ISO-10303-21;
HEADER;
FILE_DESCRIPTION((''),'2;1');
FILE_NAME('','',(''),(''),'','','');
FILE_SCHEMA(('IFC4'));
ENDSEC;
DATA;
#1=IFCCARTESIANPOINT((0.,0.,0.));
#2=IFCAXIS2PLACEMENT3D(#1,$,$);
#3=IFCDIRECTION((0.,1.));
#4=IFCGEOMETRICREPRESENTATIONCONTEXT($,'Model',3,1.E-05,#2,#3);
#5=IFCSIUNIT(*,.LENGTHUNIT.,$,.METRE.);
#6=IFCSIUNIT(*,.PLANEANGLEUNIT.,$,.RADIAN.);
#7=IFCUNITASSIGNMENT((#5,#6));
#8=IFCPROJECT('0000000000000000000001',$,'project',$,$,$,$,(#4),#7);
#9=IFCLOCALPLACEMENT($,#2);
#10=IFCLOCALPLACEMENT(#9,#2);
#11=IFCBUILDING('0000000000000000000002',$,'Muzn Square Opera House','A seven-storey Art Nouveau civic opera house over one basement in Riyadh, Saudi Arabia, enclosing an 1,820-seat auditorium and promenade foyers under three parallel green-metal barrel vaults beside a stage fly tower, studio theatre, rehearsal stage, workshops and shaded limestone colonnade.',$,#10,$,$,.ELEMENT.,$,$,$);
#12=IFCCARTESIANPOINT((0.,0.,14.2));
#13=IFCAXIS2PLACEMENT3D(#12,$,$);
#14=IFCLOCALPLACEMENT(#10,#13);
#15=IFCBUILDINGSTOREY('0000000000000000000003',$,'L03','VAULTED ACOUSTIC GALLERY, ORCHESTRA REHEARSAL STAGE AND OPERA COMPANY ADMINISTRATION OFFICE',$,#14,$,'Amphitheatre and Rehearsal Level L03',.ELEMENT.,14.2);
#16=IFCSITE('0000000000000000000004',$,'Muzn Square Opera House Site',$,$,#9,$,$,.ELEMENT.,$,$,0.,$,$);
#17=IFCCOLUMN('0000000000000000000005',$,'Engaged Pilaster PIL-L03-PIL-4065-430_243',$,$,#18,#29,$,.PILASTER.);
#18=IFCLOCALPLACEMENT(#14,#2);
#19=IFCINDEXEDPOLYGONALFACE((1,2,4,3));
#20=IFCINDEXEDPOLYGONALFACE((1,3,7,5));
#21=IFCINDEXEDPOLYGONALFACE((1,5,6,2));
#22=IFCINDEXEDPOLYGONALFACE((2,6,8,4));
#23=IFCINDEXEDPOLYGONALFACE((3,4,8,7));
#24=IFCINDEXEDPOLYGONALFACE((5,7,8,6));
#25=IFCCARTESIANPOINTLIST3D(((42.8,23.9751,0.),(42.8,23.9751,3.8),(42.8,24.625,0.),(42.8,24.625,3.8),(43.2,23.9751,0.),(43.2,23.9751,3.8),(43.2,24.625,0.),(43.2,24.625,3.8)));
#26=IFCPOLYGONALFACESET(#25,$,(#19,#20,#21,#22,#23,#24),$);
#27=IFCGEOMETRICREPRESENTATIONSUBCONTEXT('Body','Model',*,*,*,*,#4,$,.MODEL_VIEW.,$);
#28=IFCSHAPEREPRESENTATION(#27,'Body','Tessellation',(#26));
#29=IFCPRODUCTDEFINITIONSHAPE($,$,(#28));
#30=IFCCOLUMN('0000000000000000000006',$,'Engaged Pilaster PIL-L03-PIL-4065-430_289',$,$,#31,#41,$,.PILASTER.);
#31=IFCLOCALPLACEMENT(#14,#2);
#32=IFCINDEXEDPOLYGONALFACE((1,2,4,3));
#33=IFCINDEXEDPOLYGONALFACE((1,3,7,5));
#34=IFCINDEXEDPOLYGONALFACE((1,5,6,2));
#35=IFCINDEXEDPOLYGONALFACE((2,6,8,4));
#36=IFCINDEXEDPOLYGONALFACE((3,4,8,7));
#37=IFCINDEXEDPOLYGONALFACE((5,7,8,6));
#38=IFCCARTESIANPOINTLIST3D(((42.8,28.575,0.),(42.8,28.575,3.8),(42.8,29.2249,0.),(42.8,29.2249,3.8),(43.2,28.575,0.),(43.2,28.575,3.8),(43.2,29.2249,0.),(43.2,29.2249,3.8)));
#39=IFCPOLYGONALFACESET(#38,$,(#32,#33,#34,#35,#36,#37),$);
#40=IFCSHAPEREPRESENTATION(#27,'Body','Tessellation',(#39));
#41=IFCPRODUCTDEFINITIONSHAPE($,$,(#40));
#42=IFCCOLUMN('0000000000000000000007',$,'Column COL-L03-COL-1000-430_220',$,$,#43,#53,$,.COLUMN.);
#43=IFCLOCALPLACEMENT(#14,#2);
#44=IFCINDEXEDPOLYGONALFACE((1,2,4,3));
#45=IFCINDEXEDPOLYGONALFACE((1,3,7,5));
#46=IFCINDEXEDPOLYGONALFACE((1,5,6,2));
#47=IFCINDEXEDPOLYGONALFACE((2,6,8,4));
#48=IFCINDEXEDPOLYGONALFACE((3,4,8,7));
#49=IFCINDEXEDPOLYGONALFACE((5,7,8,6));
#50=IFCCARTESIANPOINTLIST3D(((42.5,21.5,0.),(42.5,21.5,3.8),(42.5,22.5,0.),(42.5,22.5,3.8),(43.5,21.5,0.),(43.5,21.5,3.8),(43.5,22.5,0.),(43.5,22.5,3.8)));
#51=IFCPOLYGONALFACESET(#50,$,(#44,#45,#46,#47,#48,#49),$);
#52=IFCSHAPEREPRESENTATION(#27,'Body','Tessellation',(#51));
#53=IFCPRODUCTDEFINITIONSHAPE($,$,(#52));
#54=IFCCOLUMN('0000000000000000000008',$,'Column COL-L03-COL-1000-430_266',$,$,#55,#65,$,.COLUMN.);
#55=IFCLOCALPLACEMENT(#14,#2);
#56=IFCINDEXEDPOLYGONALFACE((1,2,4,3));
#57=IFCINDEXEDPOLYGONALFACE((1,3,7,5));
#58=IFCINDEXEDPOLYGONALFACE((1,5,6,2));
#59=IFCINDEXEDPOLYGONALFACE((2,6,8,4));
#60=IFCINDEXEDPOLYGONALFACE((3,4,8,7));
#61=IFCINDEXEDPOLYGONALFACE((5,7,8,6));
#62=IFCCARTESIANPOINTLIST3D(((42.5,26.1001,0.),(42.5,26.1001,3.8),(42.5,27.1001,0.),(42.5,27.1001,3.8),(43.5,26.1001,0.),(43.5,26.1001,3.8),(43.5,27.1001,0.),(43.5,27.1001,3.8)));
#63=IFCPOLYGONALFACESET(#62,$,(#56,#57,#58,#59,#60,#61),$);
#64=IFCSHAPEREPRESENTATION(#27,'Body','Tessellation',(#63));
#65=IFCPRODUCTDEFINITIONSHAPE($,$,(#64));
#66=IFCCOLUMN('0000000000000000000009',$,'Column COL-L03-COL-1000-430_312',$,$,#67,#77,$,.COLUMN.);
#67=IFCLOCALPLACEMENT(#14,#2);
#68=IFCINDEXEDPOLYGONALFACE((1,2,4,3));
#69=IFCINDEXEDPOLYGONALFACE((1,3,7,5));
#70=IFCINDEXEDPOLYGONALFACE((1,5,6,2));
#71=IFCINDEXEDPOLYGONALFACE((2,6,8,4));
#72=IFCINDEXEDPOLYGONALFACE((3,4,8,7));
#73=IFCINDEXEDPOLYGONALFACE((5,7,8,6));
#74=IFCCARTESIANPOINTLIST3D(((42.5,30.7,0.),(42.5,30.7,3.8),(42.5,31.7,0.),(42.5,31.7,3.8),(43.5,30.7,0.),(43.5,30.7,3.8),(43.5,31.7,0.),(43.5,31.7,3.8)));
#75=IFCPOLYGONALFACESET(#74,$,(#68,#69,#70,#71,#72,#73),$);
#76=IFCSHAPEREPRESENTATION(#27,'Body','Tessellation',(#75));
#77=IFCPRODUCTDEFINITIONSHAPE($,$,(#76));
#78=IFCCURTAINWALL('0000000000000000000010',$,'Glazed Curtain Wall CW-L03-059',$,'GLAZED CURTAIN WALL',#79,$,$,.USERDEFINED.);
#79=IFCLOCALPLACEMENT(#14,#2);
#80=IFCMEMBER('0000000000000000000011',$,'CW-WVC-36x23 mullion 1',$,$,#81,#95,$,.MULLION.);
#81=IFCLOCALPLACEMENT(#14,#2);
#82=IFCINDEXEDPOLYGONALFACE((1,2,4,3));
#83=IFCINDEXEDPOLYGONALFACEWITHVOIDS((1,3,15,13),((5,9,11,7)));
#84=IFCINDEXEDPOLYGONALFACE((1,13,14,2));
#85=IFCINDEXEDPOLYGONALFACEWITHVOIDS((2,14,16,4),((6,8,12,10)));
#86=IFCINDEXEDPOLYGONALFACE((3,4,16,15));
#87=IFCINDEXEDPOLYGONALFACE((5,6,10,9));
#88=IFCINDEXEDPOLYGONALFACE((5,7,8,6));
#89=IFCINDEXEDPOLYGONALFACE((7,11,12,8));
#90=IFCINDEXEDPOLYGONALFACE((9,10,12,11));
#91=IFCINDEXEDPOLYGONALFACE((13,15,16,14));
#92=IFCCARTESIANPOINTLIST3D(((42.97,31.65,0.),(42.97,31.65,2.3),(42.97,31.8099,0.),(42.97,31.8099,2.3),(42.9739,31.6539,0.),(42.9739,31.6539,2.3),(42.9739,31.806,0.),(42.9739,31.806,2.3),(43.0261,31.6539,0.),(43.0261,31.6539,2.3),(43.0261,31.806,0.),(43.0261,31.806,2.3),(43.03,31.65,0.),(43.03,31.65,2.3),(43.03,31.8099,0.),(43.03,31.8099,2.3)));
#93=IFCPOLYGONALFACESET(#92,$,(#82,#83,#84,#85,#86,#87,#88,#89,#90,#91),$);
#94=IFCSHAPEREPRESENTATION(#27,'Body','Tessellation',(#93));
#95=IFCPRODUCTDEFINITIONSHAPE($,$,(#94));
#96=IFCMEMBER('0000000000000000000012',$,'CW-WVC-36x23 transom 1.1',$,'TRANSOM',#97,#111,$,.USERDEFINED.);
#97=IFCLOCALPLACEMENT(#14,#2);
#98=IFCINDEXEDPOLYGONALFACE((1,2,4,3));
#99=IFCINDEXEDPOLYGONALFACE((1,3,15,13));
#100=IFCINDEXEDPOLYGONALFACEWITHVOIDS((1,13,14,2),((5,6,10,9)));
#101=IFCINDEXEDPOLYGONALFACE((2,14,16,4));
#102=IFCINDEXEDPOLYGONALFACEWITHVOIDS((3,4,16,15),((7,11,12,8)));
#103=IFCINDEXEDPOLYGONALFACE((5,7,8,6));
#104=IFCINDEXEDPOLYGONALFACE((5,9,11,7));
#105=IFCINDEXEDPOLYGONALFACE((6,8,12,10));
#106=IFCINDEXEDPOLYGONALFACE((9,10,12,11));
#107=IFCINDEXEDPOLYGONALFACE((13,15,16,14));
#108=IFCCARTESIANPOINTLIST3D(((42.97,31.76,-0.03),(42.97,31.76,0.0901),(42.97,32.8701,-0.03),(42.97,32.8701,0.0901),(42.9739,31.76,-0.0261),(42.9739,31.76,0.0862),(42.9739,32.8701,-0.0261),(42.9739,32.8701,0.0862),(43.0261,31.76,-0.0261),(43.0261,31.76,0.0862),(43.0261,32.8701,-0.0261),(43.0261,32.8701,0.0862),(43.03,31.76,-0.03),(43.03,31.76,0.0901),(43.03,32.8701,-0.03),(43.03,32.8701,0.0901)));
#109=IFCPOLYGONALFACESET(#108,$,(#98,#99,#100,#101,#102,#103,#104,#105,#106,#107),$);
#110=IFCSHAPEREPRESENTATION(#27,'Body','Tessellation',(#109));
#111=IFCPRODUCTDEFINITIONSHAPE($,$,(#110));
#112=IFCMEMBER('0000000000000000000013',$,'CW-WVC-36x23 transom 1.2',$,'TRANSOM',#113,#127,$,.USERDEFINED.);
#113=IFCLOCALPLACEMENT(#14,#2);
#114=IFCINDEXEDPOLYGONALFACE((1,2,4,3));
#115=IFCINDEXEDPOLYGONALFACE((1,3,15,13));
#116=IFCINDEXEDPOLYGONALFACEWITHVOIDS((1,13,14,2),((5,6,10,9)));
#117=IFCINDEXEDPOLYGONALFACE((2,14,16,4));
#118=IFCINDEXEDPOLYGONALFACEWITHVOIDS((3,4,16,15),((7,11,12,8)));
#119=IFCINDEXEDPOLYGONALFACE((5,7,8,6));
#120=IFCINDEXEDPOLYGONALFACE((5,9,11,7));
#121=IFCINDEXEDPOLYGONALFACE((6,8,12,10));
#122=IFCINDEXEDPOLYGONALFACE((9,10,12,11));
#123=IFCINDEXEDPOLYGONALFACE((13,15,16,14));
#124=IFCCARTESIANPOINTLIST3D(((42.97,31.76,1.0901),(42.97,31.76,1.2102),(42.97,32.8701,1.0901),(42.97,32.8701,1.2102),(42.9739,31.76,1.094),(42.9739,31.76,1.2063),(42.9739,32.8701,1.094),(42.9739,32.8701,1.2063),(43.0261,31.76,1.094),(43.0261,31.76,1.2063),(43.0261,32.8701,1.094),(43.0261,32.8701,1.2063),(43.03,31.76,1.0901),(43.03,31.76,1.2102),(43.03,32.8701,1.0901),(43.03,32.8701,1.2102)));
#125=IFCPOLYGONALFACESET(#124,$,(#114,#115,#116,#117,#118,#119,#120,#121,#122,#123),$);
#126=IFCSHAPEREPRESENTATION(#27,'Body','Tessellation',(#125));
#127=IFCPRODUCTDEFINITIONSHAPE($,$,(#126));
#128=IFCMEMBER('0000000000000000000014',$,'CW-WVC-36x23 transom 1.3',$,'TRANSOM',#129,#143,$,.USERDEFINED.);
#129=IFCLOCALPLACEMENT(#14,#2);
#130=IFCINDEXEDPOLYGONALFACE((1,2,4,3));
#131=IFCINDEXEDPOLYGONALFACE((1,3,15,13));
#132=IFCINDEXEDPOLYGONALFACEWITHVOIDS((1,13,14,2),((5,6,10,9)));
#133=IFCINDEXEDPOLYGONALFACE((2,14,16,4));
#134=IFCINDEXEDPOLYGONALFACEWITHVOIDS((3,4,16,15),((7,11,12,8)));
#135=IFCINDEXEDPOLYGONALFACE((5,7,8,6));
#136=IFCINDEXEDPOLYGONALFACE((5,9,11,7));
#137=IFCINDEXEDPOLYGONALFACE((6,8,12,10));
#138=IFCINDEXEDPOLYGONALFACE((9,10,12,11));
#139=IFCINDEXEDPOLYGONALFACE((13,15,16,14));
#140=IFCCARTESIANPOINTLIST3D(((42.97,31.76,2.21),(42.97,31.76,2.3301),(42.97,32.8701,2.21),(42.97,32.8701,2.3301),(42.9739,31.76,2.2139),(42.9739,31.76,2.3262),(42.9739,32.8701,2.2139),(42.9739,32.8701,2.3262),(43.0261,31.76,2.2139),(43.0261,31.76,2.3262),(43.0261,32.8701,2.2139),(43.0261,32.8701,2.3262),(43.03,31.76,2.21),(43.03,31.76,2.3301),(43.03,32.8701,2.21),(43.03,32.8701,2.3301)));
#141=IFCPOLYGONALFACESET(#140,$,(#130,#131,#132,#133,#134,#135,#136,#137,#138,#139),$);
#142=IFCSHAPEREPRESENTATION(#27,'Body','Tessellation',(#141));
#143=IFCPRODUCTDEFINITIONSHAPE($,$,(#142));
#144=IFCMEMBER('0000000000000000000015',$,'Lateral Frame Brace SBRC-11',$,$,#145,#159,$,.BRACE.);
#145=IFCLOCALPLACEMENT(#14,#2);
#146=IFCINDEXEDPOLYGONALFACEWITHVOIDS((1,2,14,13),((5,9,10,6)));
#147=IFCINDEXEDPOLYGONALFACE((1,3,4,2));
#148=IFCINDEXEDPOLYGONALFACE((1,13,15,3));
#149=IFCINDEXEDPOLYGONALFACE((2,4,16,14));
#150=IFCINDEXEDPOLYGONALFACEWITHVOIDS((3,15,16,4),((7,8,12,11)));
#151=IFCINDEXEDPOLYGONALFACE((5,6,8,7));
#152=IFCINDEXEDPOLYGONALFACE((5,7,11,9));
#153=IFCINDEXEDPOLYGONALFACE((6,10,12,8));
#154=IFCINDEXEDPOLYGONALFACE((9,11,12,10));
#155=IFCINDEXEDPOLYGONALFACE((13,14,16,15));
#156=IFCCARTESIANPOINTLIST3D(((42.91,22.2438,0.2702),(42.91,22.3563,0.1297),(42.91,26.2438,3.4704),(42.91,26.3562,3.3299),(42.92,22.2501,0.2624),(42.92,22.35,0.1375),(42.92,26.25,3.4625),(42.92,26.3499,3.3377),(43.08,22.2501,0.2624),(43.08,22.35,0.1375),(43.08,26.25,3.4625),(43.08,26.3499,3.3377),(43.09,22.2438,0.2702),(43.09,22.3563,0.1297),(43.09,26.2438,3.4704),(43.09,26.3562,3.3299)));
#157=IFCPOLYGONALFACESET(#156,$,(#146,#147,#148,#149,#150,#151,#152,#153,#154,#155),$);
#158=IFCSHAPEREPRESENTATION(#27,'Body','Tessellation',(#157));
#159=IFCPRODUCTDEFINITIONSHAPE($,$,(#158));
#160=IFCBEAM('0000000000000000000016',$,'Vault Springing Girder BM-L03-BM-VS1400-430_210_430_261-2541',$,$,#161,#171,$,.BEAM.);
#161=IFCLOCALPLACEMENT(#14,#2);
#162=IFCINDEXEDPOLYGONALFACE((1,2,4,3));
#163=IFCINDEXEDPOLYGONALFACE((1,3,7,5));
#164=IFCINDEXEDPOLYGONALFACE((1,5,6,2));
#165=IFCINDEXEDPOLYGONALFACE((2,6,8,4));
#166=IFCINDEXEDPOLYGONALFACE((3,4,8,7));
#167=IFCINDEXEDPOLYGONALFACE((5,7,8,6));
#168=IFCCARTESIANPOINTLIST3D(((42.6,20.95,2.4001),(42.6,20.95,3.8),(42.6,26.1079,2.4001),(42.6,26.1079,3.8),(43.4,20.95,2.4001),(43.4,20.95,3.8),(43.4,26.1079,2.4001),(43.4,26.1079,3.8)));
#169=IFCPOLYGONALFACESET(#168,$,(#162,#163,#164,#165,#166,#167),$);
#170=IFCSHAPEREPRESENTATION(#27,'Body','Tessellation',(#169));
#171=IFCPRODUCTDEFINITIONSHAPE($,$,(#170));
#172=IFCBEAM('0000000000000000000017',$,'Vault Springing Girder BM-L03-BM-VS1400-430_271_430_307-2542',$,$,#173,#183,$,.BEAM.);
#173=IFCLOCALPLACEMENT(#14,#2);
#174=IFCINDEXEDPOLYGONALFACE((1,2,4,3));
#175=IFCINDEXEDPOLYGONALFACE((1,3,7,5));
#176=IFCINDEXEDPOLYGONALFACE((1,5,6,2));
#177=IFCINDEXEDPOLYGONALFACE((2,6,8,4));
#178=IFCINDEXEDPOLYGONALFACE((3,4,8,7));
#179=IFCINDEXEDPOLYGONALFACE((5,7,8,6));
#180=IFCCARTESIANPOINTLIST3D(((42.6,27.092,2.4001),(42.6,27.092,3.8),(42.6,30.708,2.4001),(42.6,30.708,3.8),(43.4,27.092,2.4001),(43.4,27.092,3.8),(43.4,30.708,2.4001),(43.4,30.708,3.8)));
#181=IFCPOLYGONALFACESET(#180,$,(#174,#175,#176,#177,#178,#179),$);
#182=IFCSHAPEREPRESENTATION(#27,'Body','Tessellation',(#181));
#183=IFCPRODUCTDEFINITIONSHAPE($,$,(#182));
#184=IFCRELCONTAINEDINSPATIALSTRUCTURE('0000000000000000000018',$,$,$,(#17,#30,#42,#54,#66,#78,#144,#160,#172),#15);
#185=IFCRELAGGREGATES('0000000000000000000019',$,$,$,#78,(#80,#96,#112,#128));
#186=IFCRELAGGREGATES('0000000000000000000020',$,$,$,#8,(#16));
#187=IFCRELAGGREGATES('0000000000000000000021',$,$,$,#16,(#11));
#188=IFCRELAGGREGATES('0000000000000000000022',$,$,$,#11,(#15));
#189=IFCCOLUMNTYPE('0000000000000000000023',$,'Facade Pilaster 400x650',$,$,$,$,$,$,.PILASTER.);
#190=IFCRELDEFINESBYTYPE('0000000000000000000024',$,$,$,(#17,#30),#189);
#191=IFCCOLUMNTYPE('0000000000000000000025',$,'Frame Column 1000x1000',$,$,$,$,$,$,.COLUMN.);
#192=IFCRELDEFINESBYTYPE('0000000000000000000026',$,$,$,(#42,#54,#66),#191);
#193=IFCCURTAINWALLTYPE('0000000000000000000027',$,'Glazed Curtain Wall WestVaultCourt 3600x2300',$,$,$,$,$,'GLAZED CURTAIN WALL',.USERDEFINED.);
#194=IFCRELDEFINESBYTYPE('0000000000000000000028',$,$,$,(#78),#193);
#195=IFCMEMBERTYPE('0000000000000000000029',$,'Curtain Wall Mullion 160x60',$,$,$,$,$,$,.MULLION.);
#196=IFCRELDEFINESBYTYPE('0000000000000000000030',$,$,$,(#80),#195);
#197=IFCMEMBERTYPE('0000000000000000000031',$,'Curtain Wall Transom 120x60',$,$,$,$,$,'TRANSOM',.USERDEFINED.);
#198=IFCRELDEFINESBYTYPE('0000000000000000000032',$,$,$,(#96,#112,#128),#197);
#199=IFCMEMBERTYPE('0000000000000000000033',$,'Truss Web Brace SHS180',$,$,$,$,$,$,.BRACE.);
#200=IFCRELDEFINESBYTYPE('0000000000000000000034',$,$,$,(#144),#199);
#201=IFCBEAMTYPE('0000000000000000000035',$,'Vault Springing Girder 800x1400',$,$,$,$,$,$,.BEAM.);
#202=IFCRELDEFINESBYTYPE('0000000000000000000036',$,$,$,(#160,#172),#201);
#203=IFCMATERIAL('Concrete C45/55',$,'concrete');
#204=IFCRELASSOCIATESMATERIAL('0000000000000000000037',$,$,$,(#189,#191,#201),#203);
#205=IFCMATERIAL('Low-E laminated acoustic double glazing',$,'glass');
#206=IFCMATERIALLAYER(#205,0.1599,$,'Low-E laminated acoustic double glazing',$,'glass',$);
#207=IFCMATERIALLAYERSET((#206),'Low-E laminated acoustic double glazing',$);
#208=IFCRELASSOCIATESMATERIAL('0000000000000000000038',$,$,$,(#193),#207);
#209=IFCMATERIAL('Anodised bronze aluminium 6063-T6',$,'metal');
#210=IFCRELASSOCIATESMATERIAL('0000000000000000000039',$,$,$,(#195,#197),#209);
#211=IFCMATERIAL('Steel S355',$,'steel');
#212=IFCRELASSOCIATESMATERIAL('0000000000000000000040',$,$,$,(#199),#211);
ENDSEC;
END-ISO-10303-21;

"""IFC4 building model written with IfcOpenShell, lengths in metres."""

from ifc_helpers import new_model, si_unit, direction, frame, origin, origin_2d, place, context, subcontext, project, spatial, rectangle, hollow_rectangle, extrude, material, layer, layer_set, material_profile, profile_set, type_object, element, aggregate, save


model = new_model("IFC4")

# Units and contexts
model_context = context("Model", 3, precision=1e-05, world=origin(), true_north=direction((0.0, 1.0)))
body_context = subcontext(model_context, "Body", "Model", "MODEL_VIEW")
ifc_project = project(units=[si_unit("LENGTHUNIT", "METRE"), si_unit("PLANEANGLEUNIT", "RADIAN")], contexts=[model_context])

# Site, building, storey
site_placement = place(None, origin())
site = spatial("IfcSite", under=ifc_project, at=site_placement, Name="Muzn Square Opera House Site", CompositionType="ELEMENT", RefElevation=0.0)
building_placement = place(site_placement, origin())
building = spatial("IfcBuilding", under=site, at=building_placement, Name="Muzn Square Opera House", Description="A seven-storey Art Nouveau civic opera house over one basement in Riyadh, Saudi Arabia, enclosing an 1,820-seat auditorium and promenade foyers under three parallel green-metal barrel vaults beside a stage fly tower, studio theatre, rehearsal stage, workshops and shaded limestone colonnade.", CompositionType="ELEMENT")
storey_placement = place(building_placement, frame((0.0, 0.0, 14.2)))
storey = spatial("IfcBuildingStorey", under=building, at=storey_placement, Name="L03", Description="VAULTED ACOUSTIC GALLERY, ORCHESTRA REHEARSAL STAGE AND OPERA COMPANY ADMINISTRATION OFFICE", LongName="Amphitheatre and Rehearsal Level L03", CompositionType="ELEMENT", Elevation=14.2)

# Columns
ifc_material_1 = material(Name="Concrete C45/55", Category="concrete")
ifc_material_profile_1 = material_profile(ifc_material_1, rectangle(XDim=0.3999, YDim=0.6499, at=origin_2d()), Name="RC 400x650", Category="concrete")
ifc_profile_set_1 = profile_set([ifc_material_profile_1], Name="Concrete C45/55")
column_type_1 = type_object("IfcColumnType", Name="Facade Pilaster 400x650", PredefinedType="PILASTER", material=ifc_profile_set_1)
for number, where, z_axis, x_axis, name in (
    (1, (43.0, 24.3, 0.0), (0.0, 0.0, 1.0), (1.0, 0.0, 0.0), "Engaged Pilaster PIL-L03-PIL-4065-430_243"),
    (2, (43.0, 28.8999, 0.0), (0.0, 0.0, 1.0), (1.0, 0.0, 0.0), "Engaged Pilaster PIL-L03-PIL-4065-430_289"),
):
    element("IfcColumn", number, at=place(storey_placement, frame(where, z_axis=z_axis, x_axis=x_axis)), inside=storey, type_object=column_type_1, Name=name, PredefinedType="PILASTER", context=body_context, shape_type="SweptSolid", body=[
        extrude(rectangle(XDim=0.3999, YDim=0.6499, at=origin_2d()), origin(), (0.0, 0.0, 1.0), 3.8),
    ])
ifc_material_profile_2 = material_profile(ifc_material_1, rectangle(XDim=1.0, YDim=1.0, at=origin_2d()), Name="RC 1000x1000", Category="concrete")
ifc_profile_set_2 = profile_set([ifc_material_profile_2], Name="Concrete C45/55")
column_type_2 = type_object("IfcColumnType", Name="Frame Column 1000x1000", PredefinedType="COLUMN", material=ifc_profile_set_2)
for number, where, z_axis, x_axis, name in (
    (3, (43.0, 22.0, 0.0), (0.0, 0.0, 1.0), (1.0, 0.0, 0.0), "Column COL-L03-COL-1000-430_220"),
    (4, (43.0, 26.6001, 0.0), (0.0, 0.0, 1.0), (1.0, 0.0, 0.0), "Column COL-L03-COL-1000-430_266"),
    (5, (43.0, 31.2, 0.0), (0.0, 0.0, 1.0), (1.0, 0.0, 0.0), "Column COL-L03-COL-1000-430_312"),
):
    element("IfcColumn", number, at=place(storey_placement, frame(where, z_axis=z_axis, x_axis=x_axis)), inside=storey, type_object=column_type_2, Name=name, PredefinedType="COLUMN", context=body_context, shape_type="SweptSolid", body=[
        extrude(rectangle(XDim=1.0, YDim=1.0, at=origin_2d()), origin(), (0.0, 0.0, 1.0), 3.8),
    ])

# Curtain wall, members
ifc_material_2 = material(Name="Low-E laminated acoustic double glazing", Category="glass")
ifc_layer_1 = layer(ifc_material_2, 0.1599, Name="Low-E laminated acoustic double glazing", Category="glass")
ifc_layer_set_1 = layer_set([ifc_layer_1], Name="Low-E laminated acoustic double glazing")
curtain_wall_type = type_object("IfcCurtainWallType", Name="Glazed Curtain Wall WestVaultCourt 3600x2300", ElementType="GLAZED CURTAIN WALL", PredefinedType="USERDEFINED", material=ifc_layer_set_1)
curtain_wall_placement = place(storey_placement, origin())
curtain_wall = element("IfcCurtainWall", 6, at=curtain_wall_placement, inside=storey, type_object=curtain_wall_type, Name="Glazed Curtain Wall CW-L03-059", ObjectType="GLAZED CURTAIN WALL", PredefinedType="USERDEFINED")
ifc_material_3 = material(Name="Anodised bronze aluminium 6063-T6", Category="metal")
ifc_material_profile_3 = material_profile(ifc_material_3, hollow_rectangle(XDim=0.0601, YDim=0.1599, WallThickness=0.0039, at=origin_2d()), Name="ALU 160x60x4", Category="metal")
ifc_profile_set_3 = profile_set([ifc_material_profile_3], Name="Anodised bronze aluminium 6063-T6")
member_type_1 = type_object("IfcMemberType", Name="Curtain Wall Mullion 160x60", PredefinedType="MULLION", material=ifc_profile_set_3)
member_1_placement = place(storey_placement, frame((43.0, 31.73, 0.0), z_axis=(0.0, 0.0, 1.0), x_axis=(-1.0, 0.0, 0.0)))
member_1 = element("IfcMember", 7, at=member_1_placement, type_object=member_type_1, Name="CW-WVC-36x23 mullion 1", PredefinedType="MULLION", context=body_context, shape_type="SweptSolid", body=[
    extrude(hollow_rectangle(XDim=0.0601, YDim=0.1599, WallThickness=0.0039, at=origin_2d()), origin(), (0.0, 0.0, 1.0), 2.3),
])
ifc_material_profile_4 = material_profile(ifc_material_3, hollow_rectangle(XDim=0.0601, YDim=0.1201, WallThickness=0.0039, at=origin_2d()), Name="ALU 120x60x4", Category="metal")
ifc_profile_set_4 = profile_set([ifc_material_profile_4], Name="Anodised bronze aluminium 6063-T6")
member_type_2 = type_object("IfcMemberType", Name="Curtain Wall Transom 120x60", ElementType="TRANSOM", PredefinedType="USERDEFINED", material=ifc_profile_set_4)
member_2_placement = place(storey_placement, frame((43.0, 31.76, 0.03), z_axis=(0.0, 1.0, 0.0), x_axis=(-1.0, 0.0, 0.0)))
member_2 = element("IfcMember", 8, at=member_2_placement, type_object=member_type_2, Name="CW-WVC-36x23 transom 1.1", ObjectType="TRANSOM", PredefinedType="USERDEFINED", context=body_context, shape_type="SweptSolid", body=[
    extrude(hollow_rectangle(XDim=0.0601, YDim=0.1201, WallThickness=0.0039, at=origin_2d()), origin(), (0.0, 0.0, 1.0), 1.1101),
])
member_3_placement = place(storey_placement, frame((43.0, 31.76, 1.1501), z_axis=(0.0, 1.0, 0.0), x_axis=(-1.0, 0.0, 0.0)))
member_3 = element("IfcMember", 9, at=member_3_placement, type_object=member_type_2, Name="CW-WVC-36x23 transom 1.2", ObjectType="TRANSOM", PredefinedType="USERDEFINED", context=body_context, shape_type="SweptSolid", body=[
    extrude(hollow_rectangle(XDim=0.0601, YDim=0.1201, WallThickness=0.0039, at=origin_2d()), origin(), (0.0, 0.0, 1.0), 1.1101),
])
member_4_placement = place(storey_placement, frame((43.0, 31.76, 2.27), z_axis=(0.0, 1.0, 0.0), x_axis=(-1.0, 0.0, 0.0)))
member_4 = element("IfcMember", 10, at=member_4_placement, type_object=member_type_2, Name="CW-WVC-36x23 transom 1.3", ObjectType="TRANSOM", PredefinedType="USERDEFINED", context=body_context, shape_type="SweptSolid", body=[
    extrude(hollow_rectangle(XDim=0.0601, YDim=0.1201, WallThickness=0.0039, at=origin_2d()), origin(), (0.0, 0.0, 1.0), 1.1101),
])

# Member
ifc_material_4 = material(Name="Steel S355", Category="steel")
ifc_material_profile_5 = material_profile(ifc_material_4, hollow_rectangle(XDim=0.1799, YDim=0.1799, WallThickness=0.01, at=origin_2d()), Name="SHS 180x180x10", Category="steel")
ifc_profile_set_5 = profile_set([ifc_material_profile_5], Name="Steel S355")
member_type_3 = type_object("IfcMemberType", Name="Truss Web Brace SHS180", PredefinedType="BRACE", material=ifc_profile_set_5)
member_5_placement = place(storey_placement, frame((43.0, 22.3, 0.2), z_axis=(0.0, 0.78085, 0.624718), x_axis=(-1.0, 0.0, 0.0)))
element("IfcMember", 11, at=member_5_placement, inside=storey, type_object=member_type_3, Name="Lateral Frame Brace SBRC-11", PredefinedType="BRACE", context=body_context, shape_type="SweptSolid", body=[
    extrude(hollow_rectangle(XDim=0.1799, YDim=0.1799, WallThickness=0.01, at=origin_2d()), origin(), (0.0, 0.0, 1.0), 5.1226),
])

# Beams
ifc_material_profile_6 = material_profile(ifc_material_1, rectangle(XDim=0.8, YDim=1.3999, at=origin_2d()), Name="RCB 800x1400", Category="concrete")
ifc_profile_set_6 = profile_set([ifc_material_profile_6], Name="Concrete C45/55")
beam_type = type_object("IfcBeamType", Name="Vault Springing Girder 800x1400", PredefinedType="BEAM", material=ifc_profile_set_6)
beam_1_placement = place(storey_placement, frame((43.0, 20.95, 3.1001), z_axis=(0.0, 1.0, 0.0), x_axis=(-1.0, 0.0, 0.0)))
element("IfcBeam", 12, at=beam_1_placement, inside=storey, type_object=beam_type, Name="Vault Springing Girder BM-L03-BM-VS1400-430_210_430_261-2541", PredefinedType="BEAM", context=body_context, shape_type="SweptSolid", body=[
    extrude(rectangle(XDim=0.8, YDim=1.3999, at=origin_2d()), origin(), (0.0, 0.0, 1.0), 5.158),
])
beam_2_placement = place(storey_placement, frame((43.0, 27.092, 3.1001), z_axis=(0.0, 1.0, 0.0), x_axis=(-1.0, 0.0, 0.0)))
element("IfcBeam", 13, at=beam_2_placement, inside=storey, type_object=beam_type, Name="Vault Springing Girder BM-L03-BM-VS1400-430_271_430_307-2542", PredefinedType="BEAM", context=body_context, shape_type="SweptSolid", body=[
    extrude(rectangle(XDim=0.8, YDim=1.3999, at=origin_2d()), origin(), (0.0, 0.0, 1.0), 3.616),
])

aggregate(curtain_wall, [member_1, member_2, member_3, member_4])

save(model, "model.ifc")
